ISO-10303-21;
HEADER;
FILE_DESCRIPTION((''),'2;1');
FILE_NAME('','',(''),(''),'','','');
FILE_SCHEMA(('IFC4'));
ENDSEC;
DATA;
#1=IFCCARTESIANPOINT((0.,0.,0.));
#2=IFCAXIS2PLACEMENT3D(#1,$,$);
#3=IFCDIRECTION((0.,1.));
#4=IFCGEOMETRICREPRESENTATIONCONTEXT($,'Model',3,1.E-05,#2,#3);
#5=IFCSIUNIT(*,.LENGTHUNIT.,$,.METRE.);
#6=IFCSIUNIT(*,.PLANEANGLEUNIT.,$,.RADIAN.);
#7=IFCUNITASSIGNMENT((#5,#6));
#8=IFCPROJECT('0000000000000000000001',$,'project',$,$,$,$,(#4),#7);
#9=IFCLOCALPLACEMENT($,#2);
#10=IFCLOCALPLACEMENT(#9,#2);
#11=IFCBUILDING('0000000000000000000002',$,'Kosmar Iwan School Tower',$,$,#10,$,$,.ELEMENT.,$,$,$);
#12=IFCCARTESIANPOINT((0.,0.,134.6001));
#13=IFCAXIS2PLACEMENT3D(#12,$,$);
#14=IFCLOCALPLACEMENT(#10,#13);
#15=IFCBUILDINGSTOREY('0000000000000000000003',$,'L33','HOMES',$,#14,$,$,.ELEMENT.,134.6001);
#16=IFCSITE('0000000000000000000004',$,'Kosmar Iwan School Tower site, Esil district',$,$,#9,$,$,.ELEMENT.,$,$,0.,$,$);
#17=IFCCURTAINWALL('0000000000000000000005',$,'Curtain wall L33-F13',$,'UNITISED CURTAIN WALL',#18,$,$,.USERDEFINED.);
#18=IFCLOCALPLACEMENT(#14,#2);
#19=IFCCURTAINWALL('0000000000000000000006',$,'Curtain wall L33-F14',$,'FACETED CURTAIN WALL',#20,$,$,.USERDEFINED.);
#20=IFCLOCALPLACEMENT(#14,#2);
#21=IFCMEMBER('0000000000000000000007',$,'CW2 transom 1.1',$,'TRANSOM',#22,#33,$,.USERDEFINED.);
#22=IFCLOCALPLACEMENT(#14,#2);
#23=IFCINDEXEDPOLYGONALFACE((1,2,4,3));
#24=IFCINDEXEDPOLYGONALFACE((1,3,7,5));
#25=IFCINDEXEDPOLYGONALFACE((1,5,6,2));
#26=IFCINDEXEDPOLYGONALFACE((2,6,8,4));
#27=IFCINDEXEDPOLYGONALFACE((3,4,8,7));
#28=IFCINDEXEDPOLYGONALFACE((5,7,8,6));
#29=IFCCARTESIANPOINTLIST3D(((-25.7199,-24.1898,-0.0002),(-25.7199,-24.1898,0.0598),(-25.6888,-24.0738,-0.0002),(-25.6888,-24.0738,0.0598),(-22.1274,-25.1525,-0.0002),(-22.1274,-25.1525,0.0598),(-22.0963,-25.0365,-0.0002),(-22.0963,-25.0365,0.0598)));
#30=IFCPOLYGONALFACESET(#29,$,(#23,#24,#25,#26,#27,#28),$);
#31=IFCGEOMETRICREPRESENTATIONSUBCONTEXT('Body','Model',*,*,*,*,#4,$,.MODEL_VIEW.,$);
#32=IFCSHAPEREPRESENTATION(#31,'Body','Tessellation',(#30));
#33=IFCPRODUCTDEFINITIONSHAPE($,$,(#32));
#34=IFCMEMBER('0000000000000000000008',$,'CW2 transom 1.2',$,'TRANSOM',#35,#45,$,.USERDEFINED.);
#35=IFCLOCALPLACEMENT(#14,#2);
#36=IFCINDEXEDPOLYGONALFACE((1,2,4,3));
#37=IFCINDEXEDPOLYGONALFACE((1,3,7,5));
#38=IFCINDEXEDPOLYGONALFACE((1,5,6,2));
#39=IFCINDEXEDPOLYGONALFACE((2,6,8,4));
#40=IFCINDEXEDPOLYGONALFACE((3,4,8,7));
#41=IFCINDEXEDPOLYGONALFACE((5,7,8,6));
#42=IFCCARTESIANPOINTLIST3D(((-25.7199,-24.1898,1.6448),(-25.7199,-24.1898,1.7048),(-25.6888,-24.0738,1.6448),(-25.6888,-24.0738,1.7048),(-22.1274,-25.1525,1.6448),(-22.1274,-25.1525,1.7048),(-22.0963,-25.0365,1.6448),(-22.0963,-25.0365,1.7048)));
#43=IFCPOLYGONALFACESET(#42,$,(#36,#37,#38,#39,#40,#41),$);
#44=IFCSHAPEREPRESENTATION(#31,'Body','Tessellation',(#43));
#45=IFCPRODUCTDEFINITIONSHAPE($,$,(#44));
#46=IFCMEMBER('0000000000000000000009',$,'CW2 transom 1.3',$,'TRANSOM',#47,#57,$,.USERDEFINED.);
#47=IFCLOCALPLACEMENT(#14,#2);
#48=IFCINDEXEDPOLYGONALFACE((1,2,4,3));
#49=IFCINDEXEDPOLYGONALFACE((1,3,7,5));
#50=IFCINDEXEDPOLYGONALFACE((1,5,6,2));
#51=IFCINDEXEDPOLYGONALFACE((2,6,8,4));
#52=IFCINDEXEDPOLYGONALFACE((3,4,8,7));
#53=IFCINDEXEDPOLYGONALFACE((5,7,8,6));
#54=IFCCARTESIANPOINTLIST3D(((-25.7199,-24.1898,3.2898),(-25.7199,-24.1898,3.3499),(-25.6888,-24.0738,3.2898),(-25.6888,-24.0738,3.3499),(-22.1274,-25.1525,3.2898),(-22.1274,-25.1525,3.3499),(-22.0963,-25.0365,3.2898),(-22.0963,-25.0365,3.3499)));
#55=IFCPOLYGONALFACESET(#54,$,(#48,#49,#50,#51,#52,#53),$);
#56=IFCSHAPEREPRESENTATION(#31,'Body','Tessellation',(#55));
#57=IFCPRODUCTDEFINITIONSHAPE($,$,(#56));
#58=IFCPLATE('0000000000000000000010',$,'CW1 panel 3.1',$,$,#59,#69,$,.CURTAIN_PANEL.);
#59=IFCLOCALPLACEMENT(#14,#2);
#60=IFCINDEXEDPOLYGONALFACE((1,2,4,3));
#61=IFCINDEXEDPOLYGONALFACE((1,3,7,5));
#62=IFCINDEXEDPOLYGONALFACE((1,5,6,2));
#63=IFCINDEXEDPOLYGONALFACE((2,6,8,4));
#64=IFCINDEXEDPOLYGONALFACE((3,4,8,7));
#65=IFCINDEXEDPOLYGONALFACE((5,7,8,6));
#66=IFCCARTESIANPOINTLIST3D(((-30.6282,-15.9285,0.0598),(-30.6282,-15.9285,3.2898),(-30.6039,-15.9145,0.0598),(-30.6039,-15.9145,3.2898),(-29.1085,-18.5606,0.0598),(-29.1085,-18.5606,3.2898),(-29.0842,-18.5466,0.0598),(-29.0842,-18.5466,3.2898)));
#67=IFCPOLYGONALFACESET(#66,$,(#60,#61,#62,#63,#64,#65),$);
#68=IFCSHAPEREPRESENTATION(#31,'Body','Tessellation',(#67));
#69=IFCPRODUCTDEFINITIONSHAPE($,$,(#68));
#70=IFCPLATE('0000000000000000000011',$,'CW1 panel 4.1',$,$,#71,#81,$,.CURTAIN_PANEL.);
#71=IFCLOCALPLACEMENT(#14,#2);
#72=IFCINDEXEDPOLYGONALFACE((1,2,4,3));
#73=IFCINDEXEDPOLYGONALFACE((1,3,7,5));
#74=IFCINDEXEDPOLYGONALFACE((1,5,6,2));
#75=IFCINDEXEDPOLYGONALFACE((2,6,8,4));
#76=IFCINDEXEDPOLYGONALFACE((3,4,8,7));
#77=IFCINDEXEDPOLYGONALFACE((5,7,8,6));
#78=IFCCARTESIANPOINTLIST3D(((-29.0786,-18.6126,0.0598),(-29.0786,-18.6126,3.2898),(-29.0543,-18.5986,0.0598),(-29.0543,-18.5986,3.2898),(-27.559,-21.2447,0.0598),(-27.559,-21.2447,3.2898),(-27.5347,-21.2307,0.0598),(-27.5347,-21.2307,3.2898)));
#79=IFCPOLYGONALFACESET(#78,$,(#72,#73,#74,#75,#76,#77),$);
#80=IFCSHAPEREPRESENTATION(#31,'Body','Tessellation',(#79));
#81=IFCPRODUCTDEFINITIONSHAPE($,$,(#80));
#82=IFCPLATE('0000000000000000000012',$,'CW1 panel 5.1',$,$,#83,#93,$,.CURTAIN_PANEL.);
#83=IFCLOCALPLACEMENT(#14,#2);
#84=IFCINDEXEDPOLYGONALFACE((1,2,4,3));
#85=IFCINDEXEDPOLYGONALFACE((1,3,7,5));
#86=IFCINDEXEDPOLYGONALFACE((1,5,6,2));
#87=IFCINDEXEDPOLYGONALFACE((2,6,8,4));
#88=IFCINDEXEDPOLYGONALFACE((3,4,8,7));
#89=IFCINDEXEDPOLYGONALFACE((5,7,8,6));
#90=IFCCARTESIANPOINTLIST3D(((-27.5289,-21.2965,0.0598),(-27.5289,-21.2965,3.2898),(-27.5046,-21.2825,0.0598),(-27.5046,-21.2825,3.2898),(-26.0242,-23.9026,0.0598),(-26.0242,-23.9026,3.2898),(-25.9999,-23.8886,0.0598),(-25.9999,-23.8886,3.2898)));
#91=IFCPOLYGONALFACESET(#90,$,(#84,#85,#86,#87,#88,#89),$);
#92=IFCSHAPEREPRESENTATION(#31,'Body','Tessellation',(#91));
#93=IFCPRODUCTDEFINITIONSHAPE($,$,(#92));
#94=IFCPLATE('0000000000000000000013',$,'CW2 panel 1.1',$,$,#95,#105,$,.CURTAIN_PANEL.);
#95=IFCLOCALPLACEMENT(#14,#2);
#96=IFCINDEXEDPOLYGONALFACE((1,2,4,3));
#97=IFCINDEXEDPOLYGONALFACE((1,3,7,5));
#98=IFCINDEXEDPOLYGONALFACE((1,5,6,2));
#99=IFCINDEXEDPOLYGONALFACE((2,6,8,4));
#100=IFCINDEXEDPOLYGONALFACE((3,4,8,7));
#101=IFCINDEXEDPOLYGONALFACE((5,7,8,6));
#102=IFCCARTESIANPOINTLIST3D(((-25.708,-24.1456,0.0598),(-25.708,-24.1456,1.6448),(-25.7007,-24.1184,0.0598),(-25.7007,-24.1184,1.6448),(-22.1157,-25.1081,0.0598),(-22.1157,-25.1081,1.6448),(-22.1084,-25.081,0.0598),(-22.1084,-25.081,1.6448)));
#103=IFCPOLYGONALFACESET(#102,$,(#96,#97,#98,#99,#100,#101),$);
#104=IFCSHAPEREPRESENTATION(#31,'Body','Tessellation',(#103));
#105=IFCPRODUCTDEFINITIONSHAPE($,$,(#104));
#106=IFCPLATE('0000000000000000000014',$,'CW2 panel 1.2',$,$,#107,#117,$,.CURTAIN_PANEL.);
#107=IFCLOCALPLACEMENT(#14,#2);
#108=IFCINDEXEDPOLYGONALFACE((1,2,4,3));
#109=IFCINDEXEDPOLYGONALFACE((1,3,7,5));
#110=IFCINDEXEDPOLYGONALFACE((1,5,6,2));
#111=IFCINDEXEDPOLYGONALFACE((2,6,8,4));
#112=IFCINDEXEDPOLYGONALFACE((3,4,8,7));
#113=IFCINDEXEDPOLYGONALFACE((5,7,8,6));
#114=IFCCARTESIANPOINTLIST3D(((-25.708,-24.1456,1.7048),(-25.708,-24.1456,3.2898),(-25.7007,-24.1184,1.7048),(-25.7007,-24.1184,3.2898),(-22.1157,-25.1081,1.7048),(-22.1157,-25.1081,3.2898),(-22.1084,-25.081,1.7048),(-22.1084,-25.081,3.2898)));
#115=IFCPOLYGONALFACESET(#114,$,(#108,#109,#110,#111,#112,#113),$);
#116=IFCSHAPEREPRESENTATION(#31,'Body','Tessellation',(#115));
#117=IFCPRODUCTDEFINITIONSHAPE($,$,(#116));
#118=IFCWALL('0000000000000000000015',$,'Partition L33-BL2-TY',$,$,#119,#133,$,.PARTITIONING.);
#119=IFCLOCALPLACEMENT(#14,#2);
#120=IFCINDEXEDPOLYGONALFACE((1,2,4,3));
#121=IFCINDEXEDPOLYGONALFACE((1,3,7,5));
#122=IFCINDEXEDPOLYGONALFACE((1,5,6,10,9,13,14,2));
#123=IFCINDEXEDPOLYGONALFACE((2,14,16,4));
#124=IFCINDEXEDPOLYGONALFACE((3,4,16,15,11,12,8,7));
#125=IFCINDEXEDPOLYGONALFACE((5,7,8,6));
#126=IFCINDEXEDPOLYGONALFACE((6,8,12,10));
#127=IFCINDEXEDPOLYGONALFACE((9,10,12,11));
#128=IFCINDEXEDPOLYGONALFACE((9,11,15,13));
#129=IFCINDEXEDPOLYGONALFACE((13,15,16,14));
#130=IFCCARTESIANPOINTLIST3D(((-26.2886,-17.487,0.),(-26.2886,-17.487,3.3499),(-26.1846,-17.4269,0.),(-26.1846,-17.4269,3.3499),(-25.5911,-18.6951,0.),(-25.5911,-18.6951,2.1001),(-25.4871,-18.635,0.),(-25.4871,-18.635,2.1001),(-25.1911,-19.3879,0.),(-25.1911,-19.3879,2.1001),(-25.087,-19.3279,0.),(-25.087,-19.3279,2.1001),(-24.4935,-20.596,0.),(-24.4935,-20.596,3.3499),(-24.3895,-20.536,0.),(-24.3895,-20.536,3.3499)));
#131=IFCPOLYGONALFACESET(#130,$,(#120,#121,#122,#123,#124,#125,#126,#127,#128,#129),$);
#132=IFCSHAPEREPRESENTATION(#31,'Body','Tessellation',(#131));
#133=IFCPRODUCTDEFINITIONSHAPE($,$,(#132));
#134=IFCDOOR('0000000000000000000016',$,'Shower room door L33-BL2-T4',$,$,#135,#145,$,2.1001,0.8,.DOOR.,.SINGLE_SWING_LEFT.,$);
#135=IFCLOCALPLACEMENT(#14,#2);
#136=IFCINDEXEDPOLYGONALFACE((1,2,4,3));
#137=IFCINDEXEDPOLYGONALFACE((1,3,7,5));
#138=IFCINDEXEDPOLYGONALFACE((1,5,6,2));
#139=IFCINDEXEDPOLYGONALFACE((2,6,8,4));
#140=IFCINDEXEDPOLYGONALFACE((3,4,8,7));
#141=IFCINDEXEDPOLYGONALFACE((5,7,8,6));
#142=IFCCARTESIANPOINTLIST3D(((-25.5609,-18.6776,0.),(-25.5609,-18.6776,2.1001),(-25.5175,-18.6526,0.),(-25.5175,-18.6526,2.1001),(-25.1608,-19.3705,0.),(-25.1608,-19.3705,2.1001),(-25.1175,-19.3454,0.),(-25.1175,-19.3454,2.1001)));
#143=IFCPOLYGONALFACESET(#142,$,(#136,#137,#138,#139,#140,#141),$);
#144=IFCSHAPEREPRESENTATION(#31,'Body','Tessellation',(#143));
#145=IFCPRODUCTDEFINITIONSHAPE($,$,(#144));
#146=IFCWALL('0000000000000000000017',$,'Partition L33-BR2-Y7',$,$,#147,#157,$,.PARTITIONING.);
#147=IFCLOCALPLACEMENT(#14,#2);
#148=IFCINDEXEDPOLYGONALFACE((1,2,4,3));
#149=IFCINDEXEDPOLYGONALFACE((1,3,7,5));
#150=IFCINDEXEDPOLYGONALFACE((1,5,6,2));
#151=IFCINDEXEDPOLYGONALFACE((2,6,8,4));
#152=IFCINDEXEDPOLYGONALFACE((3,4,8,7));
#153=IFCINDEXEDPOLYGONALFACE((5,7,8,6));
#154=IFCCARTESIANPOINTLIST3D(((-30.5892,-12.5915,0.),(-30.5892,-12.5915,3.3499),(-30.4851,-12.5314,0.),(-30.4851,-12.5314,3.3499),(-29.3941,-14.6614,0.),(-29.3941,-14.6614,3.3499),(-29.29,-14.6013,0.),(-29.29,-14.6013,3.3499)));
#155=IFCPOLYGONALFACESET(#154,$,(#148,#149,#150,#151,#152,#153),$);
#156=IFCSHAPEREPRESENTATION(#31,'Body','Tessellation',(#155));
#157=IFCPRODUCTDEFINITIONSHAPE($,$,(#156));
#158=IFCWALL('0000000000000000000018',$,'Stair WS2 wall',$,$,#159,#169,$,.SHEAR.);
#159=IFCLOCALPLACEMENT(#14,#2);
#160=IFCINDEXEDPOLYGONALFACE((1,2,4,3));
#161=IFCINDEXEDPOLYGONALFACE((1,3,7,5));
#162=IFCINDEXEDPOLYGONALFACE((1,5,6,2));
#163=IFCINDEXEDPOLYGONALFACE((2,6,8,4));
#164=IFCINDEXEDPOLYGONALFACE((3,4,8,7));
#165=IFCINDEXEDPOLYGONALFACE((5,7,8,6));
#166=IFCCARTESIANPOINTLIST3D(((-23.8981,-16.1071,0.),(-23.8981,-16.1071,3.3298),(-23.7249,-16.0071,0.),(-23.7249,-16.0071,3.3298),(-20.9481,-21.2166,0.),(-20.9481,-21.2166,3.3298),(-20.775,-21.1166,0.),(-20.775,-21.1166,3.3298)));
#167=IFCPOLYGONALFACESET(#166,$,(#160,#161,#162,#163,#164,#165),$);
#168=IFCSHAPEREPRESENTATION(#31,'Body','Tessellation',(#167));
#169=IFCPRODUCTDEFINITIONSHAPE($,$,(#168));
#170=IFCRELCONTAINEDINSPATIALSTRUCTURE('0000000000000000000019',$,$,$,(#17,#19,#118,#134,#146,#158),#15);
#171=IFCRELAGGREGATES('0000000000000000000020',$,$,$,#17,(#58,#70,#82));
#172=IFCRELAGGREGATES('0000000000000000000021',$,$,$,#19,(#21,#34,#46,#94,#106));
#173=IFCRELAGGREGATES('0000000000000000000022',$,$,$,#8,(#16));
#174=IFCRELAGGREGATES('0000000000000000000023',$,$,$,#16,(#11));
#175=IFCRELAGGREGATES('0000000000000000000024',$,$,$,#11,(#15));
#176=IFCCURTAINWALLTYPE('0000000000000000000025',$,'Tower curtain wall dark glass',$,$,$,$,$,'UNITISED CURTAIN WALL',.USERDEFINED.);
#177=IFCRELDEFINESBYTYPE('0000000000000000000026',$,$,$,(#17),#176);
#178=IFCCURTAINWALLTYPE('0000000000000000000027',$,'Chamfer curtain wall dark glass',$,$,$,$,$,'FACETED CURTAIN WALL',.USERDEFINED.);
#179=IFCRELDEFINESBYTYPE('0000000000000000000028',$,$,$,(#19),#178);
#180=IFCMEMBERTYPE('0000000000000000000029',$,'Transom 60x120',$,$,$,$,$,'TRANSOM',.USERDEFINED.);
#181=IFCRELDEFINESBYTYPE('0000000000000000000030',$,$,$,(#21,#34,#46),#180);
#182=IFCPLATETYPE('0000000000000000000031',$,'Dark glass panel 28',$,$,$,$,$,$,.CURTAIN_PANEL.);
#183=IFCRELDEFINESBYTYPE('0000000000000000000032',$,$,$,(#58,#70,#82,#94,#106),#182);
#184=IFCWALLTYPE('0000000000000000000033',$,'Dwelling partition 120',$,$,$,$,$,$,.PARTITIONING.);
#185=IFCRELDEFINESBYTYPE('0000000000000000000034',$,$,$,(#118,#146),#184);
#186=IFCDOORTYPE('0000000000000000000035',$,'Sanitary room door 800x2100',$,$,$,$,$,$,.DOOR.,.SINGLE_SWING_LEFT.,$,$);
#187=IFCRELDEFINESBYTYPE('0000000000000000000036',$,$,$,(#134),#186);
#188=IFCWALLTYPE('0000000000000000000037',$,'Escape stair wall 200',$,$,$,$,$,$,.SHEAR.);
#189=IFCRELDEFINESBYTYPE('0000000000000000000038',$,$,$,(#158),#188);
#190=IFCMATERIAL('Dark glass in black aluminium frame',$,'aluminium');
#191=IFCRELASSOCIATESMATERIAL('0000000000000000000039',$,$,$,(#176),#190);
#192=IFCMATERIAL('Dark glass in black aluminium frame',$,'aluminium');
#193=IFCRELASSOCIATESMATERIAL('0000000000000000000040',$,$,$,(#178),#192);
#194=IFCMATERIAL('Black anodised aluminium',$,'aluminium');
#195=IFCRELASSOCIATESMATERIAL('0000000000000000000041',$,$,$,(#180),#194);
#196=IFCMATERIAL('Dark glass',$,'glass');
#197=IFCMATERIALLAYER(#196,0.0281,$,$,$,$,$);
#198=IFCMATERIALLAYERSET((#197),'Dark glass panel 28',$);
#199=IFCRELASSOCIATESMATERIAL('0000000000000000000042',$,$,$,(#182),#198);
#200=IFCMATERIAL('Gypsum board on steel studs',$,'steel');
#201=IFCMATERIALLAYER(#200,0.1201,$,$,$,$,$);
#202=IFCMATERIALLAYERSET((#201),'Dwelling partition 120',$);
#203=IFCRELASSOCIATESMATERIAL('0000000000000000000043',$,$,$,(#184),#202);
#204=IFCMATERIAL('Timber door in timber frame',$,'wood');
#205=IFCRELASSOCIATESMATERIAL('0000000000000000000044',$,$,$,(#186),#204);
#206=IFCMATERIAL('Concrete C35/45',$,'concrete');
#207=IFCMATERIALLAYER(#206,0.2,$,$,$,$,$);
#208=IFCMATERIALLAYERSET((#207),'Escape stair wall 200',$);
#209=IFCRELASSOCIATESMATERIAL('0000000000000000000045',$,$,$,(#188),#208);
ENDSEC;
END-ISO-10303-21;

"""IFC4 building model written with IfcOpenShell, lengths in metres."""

from ifc_helpers import new_model, si_unit, direction, frame, frame_2d, origin, origin_2d, place, context, subcontext, project, spatial, rectangle, extrude, material, layer, layer_set, material_profile, profile_set, type_object, element, fill, aggregate, save


model = new_model("IFC4")

# Units and contexts
model_context = context("Model", 3, precision=1e-05, world=origin(), true_north=direction((0.0, 1.0)))
body_context = subcontext(model_context, "Body", "Model", "MODEL_VIEW")
ifc_project = project(units=[si_unit("LENGTHUNIT", "METRE"), si_unit("PLANEANGLEUNIT", "RADIAN")], contexts=[model_context])

# Site, building, storey
site_placement = place(None, origin())
site = spatial("IfcSite", under=ifc_project, at=site_placement, Name="Kosmar Iwan School Tower site, Esil district", CompositionType="ELEMENT", RefElevation=0.0)
building_placement = place(site_placement, origin())
building = spatial("IfcBuilding", under=site, at=building_placement, Name="Kosmar Iwan School Tower", CompositionType="ELEMENT")
storey_placement = place(building_placement, frame((0.0, 0.0, 134.6001)))
storey = spatial("IfcBuildingStorey", under=building, at=storey_placement, Name="L33", Description="HOMES", CompositionType="ELEMENT", Elevation=134.6001)

# Curtain wall
ifc_material_1 = material(Name="Dark glass in black aluminium frame", Category="aluminium")
curtain_wall_type_1 = type_object("IfcCurtainWallType", Name="Tower curtain wall dark glass", ElementType="UNITISED CURTAIN WALL", PredefinedType="USERDEFINED", material=ifc_material_1)
curtain_wall_1_placement = place(storey_placement, origin())
curtain_wall_1 = element("IfcCurtainWall", 1, at=curtain_wall_1_placement, inside=storey, type_object=curtain_wall_type_1, Name="Curtain wall L33-F13", ObjectType="UNITISED CURTAIN WALL", PredefinedType="USERDEFINED")

# Curtain wall
ifc_material_2 = material(Name="Dark glass in black aluminium frame", Category="aluminium")
curtain_wall_type_2 = type_object("IfcCurtainWallType", Name="Chamfer curtain wall dark glass", ElementType="FACETED CURTAIN WALL", PredefinedType="USERDEFINED", material=ifc_material_2)
curtain_wall_2_placement = place(storey_placement, origin())
curtain_wall_2 = element("IfcCurtainWall", 2, at=curtain_wall_2_placement, inside=storey, type_object=curtain_wall_type_2, Name="Curtain wall L33-F14", ObjectType="FACETED CURTAIN WALL", PredefinedType="USERDEFINED")

# Members
ifc_material_3 = material(Name="Black anodised aluminium", Category="aluminium")
ifc_material_profile_1 = material_profile(ifc_material_3, rectangle(XDim=0.1201, YDim=0.0601, at=origin_2d()), Name="TRANSOM 60x120")
ifc_profile_set_1 = profile_set([ifc_material_profile_1], Name="Black anodised aluminium")
member_type_1 = type_object("IfcMemberType", Name="Transom 60x120", ElementType="TRANSOM", PredefinedType="USERDEFINED", material=ifc_profile_set_1)
member_1_placement = place(storey_placement, frame((-25.7043, -24.1318, 0.0298), z_axis=(0.965924, -0.258827, 0.0), x_axis=(0.258827, 0.965924, 0.0)))
member_1 = element("IfcMember", 3, at=member_1_placement, type_object=member_type_1, Name="CW2 transom 1.1", ObjectType="TRANSOM", PredefinedType="USERDEFINED", context=body_context, shape_type="SweptSolid", body=[
    extrude(rectangle(XDim=0.1201, YDim=0.0601, at=origin_2d()), origin(), (0.0, 0.0, 1.0), 3.7192),
])
member_2_placement = place(storey_placement, frame((-25.7043, -24.1318, 1.6748), z_axis=(0.965924, -0.258827, 0.0), x_axis=(0.258827, 0.965924, 0.0)))
member_2 = element("IfcMember", 4, at=member_2_placement, type_object=member_type_1, Name="CW2 transom 1.2", ObjectType="TRANSOM", PredefinedType="USERDEFINED", context=body_context, shape_type="SweptSolid", body=[
    extrude(rectangle(XDim=0.1201, YDim=0.0601, at=origin_2d()), origin(), (0.0, 0.0, 1.0), 3.7192),
])
member_3_placement = place(storey_placement, frame((-25.7043, -24.1318, 3.3198), z_axis=(0.965924, -0.258827, 0.0), x_axis=(0.258827, 0.965924, 0.0)))
member_3 = element("IfcMember", 5, at=member_3_placement, type_object=member_type_1, Name="CW2 transom 1.3", ObjectType="TRANSOM", PredefinedType="USERDEFINED", context=body_context, shape_type="SweptSolid", body=[
    extrude(rectangle(XDim=0.1201, YDim=0.0601, at=origin_2d()), origin(), (0.0, 0.0, 1.0), 3.7192),
])

# Plates
ifc_material_4 = material(Name="Dark glass", Category="glass")
ifc_layer_1 = layer(ifc_material_4, 0.0281)
ifc_layer_set_1 = layer_set([ifc_layer_1], Name="Dark glass panel 28")
plate_type = type_object("IfcPlateType", Name="Dark glass panel 28", PredefinedType="CURTAIN_PANEL", material=ifc_layer_set_1)
plate_1_placement = place(storey_placement, frame((-29.8562, -17.2375, 0.0598), z_axis=(0.0, 0.0, 1.0), x_axis=(0.5, -0.866025, 0.0)))
plate_1 = element("IfcPlate", 6, at=plate_1_placement, type_object=plate_type, Name="CW1 panel 3.1", PredefinedType="CURTAIN_PANEL", context=body_context, shape_type="SweptSolid", body=[
    extrude(rectangle(XDim=3.0393, YDim=0.0281, at=origin_2d()), origin(), (0.0, 0.0, 1.0), 3.23),
])
plate_2_placement = place(storey_placement, frame((-28.3066, -19.9216, 0.0598), z_axis=(0.0, 0.0, 1.0), x_axis=(0.5, -0.866025, 0.0)))
plate_2 = element("IfcPlate", 7, at=plate_2_placement, type_object=plate_type, Name="CW1 panel 4.1", PredefinedType="CURTAIN_PANEL", context=body_context, shape_type="SweptSolid", body=[
    extrude(rectangle(XDim=3.0393, YDim=0.0281, at=origin_2d()), origin(), (0.0, 0.0, 1.0), 3.23),
])
plate_3_placement = place(storey_placement, frame((-26.7644, -22.5925, 0.0598), z_axis=(0.0, 0.0, 1.0), x_axis=(0.5, -0.866025, 0.0)))
plate_3 = element("IfcPlate", 8, at=plate_3_placement, type_object=plate_type, Name="CW1 panel 5.1", PredefinedType="CURTAIN_PANEL", context=body_context, shape_type="SweptSolid", body=[
    extrude(rectangle(XDim=3.0093, YDim=0.0281, at=origin_2d()), origin(), (0.0, 0.0, 1.0), 3.23),
])
aggregate(curtain_wall_1, [plate_1, plate_2, plate_3])
plate_4_placement = place(storey_placement, frame((-23.9082, -24.6133, 0.0598), z_axis=(0.0, 0.0, 1.0), x_axis=(0.965926, -0.258819, 0.0)))
plate_4 = element("IfcPlate", 9, at=plate_4_placement, type_object=plate_type, Name="CW2 panel 1.1", PredefinedType="CURTAIN_PANEL", context=body_context, shape_type="SweptSolid", body=[
    extrude(rectangle(XDim=3.719, YDim=0.0281, at=origin_2d()), origin(), (0.0, 0.0, 1.0), 1.585),
])
plate_5_placement = place(storey_placement, frame((-23.9082, -24.6133, 1.7048), z_axis=(0.0, 0.0, 1.0), x_axis=(0.965926, -0.258819, 0.0)))
plate_5 = element("IfcPlate", 10, at=plate_5_placement, type_object=plate_type, Name="CW2 panel 1.2", PredefinedType="CURTAIN_PANEL", context=body_context, shape_type="SweptSolid", body=[
    extrude(rectangle(XDim=3.719, YDim=0.0281, at=origin_2d()), origin(), (0.0, 0.0, 1.0), 1.585),
])
aggregate(curtain_wall_2, [member_1, member_2, member_3, plate_4, plate_5])

# Wall, opening, door
ifc_material_5 = material(Name="Gypsum board on steel studs", Category="steel")
ifc_layer_2 = layer(ifc_material_5, 0.1201)
ifc_layer_set_2 = layer_set([ifc_layer_2], Name="Dwelling partition 120")
wall_type_1 = type_object("IfcWallType", Name="Dwelling partition 120", PredefinedType="PARTITIONING", material=ifc_layer_set_2)
wall_1_placement = place(storey_placement, frame((-26.2366, -17.457, 0.0), z_axis=(0.0, 0.0, 1.0), x_axis=(0.500023, -0.866012, 0.0)))
wall_1 = element("IfcWall", 11, at=wall_1_placement, inside=storey, type_object=wall_type_1, Name="Partition L33-BL2-TY", PredefinedType="PARTITIONING", context=body_context, shape_type="SweptSolid", body=[
    extrude(rectangle(XDim=3.5901, YDim=0.1201, at=frame_2d((1.7949, 0.0))), origin(), (0.0, 0.0, 1.0), 3.3499),
])
opening_placement = place(wall_1_placement, frame((1.395, 0.0, 0.0)))
opening = element("IfcOpeningElement", 12, at=opening_placement, cuts=wall_1, PredefinedType="OPENING", context=body_context, shape_type="SweptSolid", body=[
    extrude(rectangle(XDim=0.8, YDim=2.1001, at=frame_2d((0.3999, 1.05))), frame((0.0, 0.072, 0.0), z_axis=(0.0, -1.0, 0.0), x_axis=(1.0, 0.0, 0.0)), (0.0, 0.0, 1.0), 0.144),
])
ifc_material_6 = material(Name="Timber door in timber frame", Category="wood")
door_type = type_object("IfcDoorType", Name="Sanitary room door 800x2100", OperationType="SINGLE_SWING_LEFT", PredefinedType="DOOR", material=ifc_material_6)
door_placement = place(opening_placement, origin())
door = element("IfcDoor", 13, at=door_placement, inside=storey, type_object=door_type, Name="Shower room door L33-BL2-T4", OperationType="SINGLE_SWING_LEFT", OverallHeight=2.1001, OverallWidth=0.8, PredefinedType="DOOR", context=body_context, shape_type="SweptSolid", body=[
    extrude(rectangle(XDim=0.8, YDim=2.1001, at=frame_2d((0.3999, 1.05))), frame((0.0, 0.0249, 0.0), z_axis=(0.0, -1.0, 0.0), x_axis=(1.0, 0.0, 0.0)), (0.0, 0.0, 1.0), 0.05),
])
fill(opening, door)

# Walls
wall_2_placement = place(storey_placement, frame((-29.342, -14.6313, 0.0), z_axis=(0.0, 0.0, 1.0), x_axis=(-0.500017, 0.866015, 0.0)))
element("IfcWall", 14, at=wall_2_placement, inside=storey, type_object=wall_type_1, Name="Partition L33-BR2-Y7", PredefinedType="PARTITIONING", context=body_context, shape_type="SweptSolid", body=[
    extrude(rectangle(XDim=2.3901, YDim=0.1201, at=frame_2d((1.1951, 0.0))), origin(), (0.0, 0.0, 1.0), 3.3499),
])
ifc_material_7 = material(Name="Concrete C35/45", Category="concrete")
ifc_layer_3 = layer(ifc_material_7, 0.2)
ifc_layer_set_3 = layer_set([ifc_layer_3], Name="Escape stair wall 200")
wall_type_2 = type_object("IfcWallType", Name="Escape stair wall 200", PredefinedType="SHEAR", material=ifc_layer_set_3)
wall_3_placement = place(storey_placement, frame((-23.8115, -16.0571, 0.0), z_axis=(0.0, 0.0, 1.0), x_axis=(0.500007, -0.866022, 0.0)))
element("IfcWall", 15, at=wall_3_placement, inside=storey, type_object=wall_type_2, Name="Stair WS2 wall", PredefinedType="SHEAR", context=body_context, shape_type="SweptSolid", body=[
    extrude(rectangle(XDim=5.8999, YDim=0.2, at=frame_2d((2.95, 0.0))), origin(), (0.0, 0.0, 1.0), 3.3298),
])

save(model, "model.ifc")
